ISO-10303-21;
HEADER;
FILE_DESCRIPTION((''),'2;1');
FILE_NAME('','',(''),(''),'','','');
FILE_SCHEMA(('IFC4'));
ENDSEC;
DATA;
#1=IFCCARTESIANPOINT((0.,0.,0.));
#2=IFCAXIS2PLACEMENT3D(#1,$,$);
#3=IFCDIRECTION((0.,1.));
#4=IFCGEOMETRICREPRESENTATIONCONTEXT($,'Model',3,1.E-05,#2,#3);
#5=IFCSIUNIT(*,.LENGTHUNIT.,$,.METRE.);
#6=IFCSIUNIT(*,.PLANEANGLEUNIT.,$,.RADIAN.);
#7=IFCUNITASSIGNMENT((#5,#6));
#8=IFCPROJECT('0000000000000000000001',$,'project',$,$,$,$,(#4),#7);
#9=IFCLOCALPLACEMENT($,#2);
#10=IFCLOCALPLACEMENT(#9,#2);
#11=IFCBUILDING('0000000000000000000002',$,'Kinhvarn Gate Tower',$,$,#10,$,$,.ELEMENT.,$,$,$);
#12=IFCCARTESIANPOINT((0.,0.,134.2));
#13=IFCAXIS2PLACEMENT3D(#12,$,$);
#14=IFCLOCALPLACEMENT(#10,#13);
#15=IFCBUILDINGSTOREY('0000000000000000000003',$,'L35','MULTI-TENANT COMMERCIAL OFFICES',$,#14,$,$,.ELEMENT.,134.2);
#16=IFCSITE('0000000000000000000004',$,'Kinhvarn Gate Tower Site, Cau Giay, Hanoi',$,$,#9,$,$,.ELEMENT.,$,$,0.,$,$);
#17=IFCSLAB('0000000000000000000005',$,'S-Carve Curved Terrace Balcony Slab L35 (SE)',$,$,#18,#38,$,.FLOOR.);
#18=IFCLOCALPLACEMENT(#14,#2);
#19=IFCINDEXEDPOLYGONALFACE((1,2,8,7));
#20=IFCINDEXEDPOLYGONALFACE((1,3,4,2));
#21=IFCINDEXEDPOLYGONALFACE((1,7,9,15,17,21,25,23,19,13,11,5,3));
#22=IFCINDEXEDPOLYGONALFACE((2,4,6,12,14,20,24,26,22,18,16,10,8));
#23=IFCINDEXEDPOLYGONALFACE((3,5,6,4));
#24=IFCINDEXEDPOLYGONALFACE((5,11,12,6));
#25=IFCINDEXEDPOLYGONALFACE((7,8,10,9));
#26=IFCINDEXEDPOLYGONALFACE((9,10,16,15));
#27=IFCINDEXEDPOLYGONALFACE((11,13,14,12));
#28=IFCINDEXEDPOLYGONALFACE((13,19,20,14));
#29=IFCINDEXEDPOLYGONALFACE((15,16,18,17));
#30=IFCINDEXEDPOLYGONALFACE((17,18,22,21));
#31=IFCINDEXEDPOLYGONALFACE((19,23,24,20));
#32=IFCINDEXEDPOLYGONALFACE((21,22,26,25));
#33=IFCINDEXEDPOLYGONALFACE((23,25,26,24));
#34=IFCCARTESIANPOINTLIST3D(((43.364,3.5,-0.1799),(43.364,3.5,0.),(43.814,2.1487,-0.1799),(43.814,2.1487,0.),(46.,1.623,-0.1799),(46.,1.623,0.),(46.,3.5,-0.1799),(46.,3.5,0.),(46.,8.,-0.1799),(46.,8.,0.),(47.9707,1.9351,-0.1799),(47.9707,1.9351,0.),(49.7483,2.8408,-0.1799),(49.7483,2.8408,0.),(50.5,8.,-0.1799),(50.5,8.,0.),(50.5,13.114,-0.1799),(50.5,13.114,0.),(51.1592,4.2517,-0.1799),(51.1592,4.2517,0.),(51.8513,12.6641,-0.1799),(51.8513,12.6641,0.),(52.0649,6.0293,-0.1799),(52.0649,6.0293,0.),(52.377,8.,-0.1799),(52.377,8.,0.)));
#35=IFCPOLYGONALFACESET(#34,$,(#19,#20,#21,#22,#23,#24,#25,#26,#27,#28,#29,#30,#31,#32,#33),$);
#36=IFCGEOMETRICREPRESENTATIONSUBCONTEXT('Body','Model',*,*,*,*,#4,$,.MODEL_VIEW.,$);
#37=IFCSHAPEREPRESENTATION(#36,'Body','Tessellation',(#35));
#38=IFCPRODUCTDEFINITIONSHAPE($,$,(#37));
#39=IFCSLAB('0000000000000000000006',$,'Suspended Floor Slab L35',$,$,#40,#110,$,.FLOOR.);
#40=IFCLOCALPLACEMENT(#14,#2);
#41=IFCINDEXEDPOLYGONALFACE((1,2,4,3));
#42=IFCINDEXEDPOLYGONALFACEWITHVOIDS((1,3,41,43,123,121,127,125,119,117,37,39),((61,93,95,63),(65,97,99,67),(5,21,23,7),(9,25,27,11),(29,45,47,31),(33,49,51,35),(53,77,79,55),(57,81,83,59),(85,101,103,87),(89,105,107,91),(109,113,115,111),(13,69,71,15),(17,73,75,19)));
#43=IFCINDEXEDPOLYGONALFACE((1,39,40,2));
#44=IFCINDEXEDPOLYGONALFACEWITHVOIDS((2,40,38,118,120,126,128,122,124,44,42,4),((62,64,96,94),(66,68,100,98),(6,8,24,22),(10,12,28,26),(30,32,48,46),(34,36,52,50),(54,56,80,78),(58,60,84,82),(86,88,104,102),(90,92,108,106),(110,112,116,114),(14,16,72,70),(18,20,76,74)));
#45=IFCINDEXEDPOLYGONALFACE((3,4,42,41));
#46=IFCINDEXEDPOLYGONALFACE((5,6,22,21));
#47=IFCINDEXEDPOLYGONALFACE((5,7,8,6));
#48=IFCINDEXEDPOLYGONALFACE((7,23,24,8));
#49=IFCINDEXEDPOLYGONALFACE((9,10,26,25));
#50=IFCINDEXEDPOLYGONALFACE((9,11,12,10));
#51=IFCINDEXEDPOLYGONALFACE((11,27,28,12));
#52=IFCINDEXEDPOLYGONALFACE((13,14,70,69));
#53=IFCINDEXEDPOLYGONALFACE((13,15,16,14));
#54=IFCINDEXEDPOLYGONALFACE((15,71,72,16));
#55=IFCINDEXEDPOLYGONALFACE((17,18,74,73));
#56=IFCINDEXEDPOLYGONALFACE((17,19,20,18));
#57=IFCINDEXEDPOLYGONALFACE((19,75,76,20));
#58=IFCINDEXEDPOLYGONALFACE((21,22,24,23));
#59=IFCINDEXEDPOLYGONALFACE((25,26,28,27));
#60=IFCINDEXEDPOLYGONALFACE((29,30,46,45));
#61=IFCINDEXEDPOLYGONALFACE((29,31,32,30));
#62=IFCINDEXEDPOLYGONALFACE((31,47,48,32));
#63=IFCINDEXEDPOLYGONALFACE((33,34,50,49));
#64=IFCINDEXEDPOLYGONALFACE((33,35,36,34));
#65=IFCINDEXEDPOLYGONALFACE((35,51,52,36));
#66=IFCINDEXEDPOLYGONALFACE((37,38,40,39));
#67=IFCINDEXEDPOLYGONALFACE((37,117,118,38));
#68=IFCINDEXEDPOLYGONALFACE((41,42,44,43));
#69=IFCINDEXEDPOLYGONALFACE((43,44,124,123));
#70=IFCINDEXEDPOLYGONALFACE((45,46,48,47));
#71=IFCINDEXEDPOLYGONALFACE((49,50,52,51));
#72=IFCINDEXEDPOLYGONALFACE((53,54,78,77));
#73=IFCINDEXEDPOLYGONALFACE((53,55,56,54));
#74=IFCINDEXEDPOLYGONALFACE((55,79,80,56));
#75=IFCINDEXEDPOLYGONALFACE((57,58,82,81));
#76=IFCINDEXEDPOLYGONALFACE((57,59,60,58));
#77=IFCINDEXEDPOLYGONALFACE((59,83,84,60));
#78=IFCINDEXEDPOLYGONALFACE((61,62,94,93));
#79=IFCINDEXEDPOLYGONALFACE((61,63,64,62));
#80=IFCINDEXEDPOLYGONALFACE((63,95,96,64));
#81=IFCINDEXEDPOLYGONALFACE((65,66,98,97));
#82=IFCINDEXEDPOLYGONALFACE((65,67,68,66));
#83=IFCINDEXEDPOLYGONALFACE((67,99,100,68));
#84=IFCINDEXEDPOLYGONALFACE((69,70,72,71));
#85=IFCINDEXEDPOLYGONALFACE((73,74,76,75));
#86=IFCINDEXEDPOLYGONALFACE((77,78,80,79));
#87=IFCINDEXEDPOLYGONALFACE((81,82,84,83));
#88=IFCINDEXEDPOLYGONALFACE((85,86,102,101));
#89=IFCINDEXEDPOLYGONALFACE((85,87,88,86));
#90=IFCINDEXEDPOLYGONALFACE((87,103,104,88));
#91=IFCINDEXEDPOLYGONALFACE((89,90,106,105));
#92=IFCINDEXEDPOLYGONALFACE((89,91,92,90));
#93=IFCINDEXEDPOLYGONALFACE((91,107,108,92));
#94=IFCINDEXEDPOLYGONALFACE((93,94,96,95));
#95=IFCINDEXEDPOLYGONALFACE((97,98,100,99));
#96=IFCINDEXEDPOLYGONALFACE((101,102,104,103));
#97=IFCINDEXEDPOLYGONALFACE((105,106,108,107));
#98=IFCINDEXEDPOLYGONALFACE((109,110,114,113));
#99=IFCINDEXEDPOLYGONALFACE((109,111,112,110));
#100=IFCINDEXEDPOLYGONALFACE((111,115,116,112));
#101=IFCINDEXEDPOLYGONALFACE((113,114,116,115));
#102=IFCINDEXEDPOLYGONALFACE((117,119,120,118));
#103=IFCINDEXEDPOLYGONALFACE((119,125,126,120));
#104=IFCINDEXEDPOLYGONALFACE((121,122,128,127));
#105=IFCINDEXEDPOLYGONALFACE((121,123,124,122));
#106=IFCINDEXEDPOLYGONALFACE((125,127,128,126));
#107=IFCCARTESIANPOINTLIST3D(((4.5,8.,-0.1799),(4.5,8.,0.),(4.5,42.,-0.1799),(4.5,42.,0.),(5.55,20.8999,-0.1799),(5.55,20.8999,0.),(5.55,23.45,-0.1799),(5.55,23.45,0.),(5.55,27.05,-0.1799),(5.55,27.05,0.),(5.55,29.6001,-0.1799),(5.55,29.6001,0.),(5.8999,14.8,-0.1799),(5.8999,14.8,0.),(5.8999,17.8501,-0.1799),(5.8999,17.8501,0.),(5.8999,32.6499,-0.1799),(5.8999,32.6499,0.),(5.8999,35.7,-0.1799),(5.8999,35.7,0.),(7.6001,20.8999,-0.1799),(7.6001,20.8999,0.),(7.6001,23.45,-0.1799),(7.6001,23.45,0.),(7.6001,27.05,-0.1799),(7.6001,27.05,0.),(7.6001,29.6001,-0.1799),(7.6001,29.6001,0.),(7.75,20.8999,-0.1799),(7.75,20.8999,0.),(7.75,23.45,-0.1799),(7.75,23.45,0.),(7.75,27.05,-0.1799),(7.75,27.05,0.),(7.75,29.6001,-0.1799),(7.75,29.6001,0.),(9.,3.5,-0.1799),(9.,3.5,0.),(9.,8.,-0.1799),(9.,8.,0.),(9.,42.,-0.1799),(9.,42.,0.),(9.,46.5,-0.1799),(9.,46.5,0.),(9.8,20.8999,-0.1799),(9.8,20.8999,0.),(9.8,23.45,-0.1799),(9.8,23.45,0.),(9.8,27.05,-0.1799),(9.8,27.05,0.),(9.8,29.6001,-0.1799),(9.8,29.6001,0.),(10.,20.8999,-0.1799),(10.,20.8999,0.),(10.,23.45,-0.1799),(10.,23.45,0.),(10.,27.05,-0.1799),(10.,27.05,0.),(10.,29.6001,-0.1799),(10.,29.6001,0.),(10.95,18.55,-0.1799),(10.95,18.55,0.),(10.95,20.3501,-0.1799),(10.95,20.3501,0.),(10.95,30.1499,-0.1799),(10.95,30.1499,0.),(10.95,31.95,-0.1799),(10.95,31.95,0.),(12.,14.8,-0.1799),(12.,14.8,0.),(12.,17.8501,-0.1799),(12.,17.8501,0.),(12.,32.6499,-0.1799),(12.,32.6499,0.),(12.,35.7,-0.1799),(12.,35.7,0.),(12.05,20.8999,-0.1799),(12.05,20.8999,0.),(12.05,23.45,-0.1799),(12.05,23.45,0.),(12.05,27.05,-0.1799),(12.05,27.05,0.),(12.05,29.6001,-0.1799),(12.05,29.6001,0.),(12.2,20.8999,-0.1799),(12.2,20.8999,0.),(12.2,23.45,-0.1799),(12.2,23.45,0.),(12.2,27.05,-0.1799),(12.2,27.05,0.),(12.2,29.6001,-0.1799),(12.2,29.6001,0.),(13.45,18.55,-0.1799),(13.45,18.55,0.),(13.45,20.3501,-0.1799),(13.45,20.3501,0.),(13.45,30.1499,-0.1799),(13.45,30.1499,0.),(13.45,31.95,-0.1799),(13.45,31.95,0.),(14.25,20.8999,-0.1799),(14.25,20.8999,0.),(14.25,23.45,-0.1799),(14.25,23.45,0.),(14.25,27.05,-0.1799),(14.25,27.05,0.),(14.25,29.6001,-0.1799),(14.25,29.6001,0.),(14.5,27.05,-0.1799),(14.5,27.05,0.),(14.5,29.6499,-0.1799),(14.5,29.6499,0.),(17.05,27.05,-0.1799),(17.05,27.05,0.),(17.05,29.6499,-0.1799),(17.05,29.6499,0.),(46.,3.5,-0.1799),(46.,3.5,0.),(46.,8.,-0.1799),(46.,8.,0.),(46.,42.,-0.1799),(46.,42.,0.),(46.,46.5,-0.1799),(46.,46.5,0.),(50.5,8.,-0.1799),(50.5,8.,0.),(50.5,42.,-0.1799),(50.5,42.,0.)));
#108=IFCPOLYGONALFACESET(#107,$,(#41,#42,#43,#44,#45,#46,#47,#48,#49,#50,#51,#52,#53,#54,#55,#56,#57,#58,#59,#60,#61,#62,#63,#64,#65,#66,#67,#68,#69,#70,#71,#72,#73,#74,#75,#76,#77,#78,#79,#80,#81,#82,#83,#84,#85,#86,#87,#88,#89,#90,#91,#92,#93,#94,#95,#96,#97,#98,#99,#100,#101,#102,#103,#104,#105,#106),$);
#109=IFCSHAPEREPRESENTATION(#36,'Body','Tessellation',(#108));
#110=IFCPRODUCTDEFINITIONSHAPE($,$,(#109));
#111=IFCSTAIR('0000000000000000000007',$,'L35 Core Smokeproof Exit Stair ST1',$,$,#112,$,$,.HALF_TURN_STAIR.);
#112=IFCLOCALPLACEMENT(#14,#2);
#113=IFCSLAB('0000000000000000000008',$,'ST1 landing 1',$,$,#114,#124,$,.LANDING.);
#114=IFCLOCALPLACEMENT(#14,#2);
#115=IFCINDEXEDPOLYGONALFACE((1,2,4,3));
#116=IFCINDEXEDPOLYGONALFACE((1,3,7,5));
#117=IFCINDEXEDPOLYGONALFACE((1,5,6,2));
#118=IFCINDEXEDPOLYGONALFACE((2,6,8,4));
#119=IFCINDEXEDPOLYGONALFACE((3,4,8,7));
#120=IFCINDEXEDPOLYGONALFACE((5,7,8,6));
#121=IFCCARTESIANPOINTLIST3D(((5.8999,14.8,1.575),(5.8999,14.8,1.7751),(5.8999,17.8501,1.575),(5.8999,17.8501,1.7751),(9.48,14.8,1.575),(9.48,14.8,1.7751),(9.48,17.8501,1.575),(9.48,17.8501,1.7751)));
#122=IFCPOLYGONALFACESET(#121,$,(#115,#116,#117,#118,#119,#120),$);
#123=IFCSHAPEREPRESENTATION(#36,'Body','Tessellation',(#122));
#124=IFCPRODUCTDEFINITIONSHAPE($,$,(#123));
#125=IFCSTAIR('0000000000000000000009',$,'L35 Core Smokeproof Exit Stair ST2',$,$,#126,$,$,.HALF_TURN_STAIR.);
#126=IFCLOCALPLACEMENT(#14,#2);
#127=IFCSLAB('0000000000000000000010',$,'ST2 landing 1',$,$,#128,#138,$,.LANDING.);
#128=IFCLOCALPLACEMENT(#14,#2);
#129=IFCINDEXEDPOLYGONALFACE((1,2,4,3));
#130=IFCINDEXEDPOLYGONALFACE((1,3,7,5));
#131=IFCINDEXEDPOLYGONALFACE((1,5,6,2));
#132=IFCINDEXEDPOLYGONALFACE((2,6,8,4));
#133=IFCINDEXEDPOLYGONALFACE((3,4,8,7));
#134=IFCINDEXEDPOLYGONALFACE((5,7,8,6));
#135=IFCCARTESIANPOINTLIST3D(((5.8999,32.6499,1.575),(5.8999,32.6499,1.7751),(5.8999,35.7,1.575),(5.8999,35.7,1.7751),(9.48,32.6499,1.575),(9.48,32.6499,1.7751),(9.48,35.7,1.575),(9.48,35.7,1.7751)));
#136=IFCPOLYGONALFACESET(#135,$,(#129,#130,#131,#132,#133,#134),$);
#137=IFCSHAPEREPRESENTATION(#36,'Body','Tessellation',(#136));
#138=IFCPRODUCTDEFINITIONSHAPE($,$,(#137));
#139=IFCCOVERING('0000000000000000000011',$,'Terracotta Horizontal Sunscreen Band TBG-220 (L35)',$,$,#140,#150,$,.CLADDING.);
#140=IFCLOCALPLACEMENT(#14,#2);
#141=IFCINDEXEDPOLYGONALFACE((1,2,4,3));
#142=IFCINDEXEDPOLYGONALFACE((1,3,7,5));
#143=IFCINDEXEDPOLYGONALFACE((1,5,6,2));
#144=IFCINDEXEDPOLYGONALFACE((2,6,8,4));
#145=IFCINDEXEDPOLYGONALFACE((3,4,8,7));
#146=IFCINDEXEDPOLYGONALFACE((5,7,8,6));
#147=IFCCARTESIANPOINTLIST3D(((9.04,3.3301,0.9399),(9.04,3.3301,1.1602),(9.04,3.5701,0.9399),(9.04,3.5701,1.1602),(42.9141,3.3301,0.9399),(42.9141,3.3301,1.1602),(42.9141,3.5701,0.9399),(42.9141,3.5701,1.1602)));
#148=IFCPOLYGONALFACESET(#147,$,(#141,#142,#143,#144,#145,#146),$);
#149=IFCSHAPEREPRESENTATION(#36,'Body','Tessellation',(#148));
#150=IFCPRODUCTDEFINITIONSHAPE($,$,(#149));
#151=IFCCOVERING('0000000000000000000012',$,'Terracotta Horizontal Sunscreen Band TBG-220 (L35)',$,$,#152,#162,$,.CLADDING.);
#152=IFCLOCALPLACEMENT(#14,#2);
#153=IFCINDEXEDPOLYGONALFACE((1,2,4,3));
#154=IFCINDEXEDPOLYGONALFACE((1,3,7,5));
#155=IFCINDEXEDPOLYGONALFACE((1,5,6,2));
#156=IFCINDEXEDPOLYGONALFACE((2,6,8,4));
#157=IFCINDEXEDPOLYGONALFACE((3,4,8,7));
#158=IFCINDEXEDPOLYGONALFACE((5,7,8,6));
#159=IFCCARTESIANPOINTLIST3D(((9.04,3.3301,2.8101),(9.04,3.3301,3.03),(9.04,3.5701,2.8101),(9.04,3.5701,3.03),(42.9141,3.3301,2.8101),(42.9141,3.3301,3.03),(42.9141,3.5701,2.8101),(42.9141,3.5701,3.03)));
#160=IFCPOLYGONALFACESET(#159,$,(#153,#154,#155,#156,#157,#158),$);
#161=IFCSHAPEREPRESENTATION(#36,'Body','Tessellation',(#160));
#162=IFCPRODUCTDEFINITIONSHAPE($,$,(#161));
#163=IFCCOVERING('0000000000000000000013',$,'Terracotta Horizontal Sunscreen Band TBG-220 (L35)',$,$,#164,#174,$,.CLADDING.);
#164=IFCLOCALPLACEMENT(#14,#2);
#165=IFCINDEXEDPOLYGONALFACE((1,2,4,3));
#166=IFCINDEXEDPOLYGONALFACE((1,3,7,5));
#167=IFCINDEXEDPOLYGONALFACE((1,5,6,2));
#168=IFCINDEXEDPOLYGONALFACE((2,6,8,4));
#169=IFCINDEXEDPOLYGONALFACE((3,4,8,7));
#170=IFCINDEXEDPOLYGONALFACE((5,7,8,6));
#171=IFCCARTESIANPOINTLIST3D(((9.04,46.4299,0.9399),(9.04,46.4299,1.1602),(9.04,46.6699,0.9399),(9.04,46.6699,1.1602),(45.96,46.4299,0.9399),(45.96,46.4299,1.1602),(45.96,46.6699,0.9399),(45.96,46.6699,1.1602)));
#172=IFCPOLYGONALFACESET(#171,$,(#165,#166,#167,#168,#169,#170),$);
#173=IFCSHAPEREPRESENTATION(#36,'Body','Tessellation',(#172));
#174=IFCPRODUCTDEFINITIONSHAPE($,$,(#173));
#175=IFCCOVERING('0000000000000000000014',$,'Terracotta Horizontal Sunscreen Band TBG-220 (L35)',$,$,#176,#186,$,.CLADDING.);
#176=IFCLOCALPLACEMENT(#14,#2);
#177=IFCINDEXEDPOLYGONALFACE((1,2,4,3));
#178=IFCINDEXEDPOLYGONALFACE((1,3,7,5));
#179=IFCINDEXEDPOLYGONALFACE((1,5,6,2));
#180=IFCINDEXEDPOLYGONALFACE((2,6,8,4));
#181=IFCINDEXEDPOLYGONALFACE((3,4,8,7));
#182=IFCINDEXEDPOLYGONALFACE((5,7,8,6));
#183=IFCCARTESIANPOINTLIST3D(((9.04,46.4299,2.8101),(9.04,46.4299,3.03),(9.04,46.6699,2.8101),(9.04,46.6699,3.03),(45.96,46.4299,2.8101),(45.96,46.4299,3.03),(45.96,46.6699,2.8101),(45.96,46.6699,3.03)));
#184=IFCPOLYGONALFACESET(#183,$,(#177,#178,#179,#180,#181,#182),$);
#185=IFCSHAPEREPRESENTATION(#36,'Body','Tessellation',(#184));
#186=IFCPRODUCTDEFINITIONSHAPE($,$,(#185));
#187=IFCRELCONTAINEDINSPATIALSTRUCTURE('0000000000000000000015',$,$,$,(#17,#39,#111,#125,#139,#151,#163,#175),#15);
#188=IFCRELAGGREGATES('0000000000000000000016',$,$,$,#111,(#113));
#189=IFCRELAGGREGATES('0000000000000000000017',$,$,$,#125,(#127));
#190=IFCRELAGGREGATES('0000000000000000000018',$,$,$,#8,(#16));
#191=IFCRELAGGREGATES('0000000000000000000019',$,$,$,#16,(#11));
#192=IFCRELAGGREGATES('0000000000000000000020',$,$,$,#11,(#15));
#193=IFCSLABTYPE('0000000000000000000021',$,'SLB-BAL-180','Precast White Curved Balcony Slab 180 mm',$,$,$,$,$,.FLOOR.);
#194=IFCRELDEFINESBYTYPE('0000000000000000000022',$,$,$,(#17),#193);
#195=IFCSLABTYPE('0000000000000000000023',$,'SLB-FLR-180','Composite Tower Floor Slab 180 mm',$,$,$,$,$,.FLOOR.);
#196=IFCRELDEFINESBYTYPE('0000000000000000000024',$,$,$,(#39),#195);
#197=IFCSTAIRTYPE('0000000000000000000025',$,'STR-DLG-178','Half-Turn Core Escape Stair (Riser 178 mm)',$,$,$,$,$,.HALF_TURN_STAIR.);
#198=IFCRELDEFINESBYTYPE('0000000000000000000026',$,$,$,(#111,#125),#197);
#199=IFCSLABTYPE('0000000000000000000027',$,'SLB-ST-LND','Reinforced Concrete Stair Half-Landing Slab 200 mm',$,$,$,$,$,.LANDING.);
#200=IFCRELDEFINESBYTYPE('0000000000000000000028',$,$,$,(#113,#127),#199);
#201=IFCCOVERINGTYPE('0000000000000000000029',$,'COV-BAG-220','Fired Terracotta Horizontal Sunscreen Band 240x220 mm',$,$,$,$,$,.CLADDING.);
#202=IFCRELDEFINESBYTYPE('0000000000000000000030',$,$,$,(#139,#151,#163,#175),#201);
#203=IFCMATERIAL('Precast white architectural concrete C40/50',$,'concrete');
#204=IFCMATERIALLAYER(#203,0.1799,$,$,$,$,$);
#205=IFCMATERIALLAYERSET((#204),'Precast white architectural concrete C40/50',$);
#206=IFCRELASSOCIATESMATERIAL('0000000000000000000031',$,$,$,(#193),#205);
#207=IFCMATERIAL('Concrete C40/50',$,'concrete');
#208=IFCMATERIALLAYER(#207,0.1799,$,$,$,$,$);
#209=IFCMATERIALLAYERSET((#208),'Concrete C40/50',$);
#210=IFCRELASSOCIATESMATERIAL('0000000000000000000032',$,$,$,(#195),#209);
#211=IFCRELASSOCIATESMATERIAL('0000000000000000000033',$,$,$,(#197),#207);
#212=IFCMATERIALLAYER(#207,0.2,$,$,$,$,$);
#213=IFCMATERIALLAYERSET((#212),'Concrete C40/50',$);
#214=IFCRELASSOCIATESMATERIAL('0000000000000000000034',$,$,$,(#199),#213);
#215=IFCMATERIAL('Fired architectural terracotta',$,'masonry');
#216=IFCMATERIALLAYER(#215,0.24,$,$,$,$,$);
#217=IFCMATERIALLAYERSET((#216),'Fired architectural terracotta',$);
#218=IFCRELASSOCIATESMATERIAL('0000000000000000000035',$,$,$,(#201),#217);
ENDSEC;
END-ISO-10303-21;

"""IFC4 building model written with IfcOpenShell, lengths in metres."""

from ifc_helpers import new_model, si_unit, direction, frame, origin, place, context, subcontext, project, spatial, polyline, outline, extrude, material, layer, layer_set, type_object, element, aggregate, save


model = new_model("IFC4")

# Units and contexts
model_context = context("Model", 3, precision=1e-05, world=origin(), true_north=direction((0.0, 1.0)))
body_context = subcontext(model_context, "Body", "Model", "MODEL_VIEW")
ifc_project = project(units=[si_unit("LENGTHUNIT", "METRE"), si_unit("PLANEANGLEUNIT", "RADIAN")], contexts=[model_context])

# Site, building, storey
site_placement = place(None, origin())
site = spatial("IfcSite", under=ifc_project, at=site_placement, Name="Kinhvarn Gate Tower Site, Cau Giay, Hanoi", CompositionType="ELEMENT", RefElevation=0.0)
building_placement = place(site_placement, origin())
building = spatial("IfcBuilding", under=site, at=building_placement, Name="Kinhvarn Gate Tower", CompositionType="ELEMENT")
storey_placement = place(building_placement, frame((0.0, 0.0, 134.2)))
storey = spatial("IfcBuildingStorey", under=building, at=storey_placement, Name="L35", Description="MULTI-TENANT COMMERCIAL OFFICES", CompositionType="ELEMENT", Elevation=134.2)

# Slabs
ifc_material_1 = material(Name="Precast white architectural concrete C40/50", Category="concrete")
ifc_layer_1 = layer(ifc_material_1, 0.1799)
ifc_layer_set_1 = layer_set([ifc_layer_1], Name="Precast white architectural concrete C40/50")
slab_type_1 = type_object("IfcSlabType", Name="SLB-BAL-180", Description="Precast White Curved Balcony Slab 180 mm", PredefinedType="FLOOR", material=ifc_layer_set_1)
slab_1_placement = place(storey_placement, frame((0.0, 0.0, -0.1799)))
element("IfcSlab", 1, at=slab_1_placement, inside=storey, type_object=slab_type_1, Name="S-Carve Curved Terrace Balcony Slab L35 (SE)", PredefinedType="FLOOR", context=body_context, shape_type="SweptSolid", body=[
    extrude(outline(polyline([(43.364, 3.5), (43.814, 2.1487), (46.0, 1.623), (47.9707, 1.9351), (49.7483, 2.8408), (51.1592, 4.2517), (52.0649, 6.0293), (52.377, 8.0), (51.8513, 12.6641), (50.5, 13.114), (50.5, 8.0), (46.0, 8.0), (46.0, 3.5), (43.364, 3.5)])), origin(), (0.0, 0.0, 1.0), 0.1799),
])
ifc_material_2 = material(Name="Concrete C40/50", Category="concrete")
ifc_layer_2 = layer(ifc_material_2, 0.1799)
ifc_layer_set_2 = layer_set([ifc_layer_2], Name="Concrete C40/50")
slab_type_2 = type_object("IfcSlabType", Name="SLB-FLR-180", Description="Composite Tower Floor Slab 180 mm", PredefinedType="FLOOR", material=ifc_layer_set_2)
slab_2_placement = place(storey_placement, frame((0.0, 0.0, -0.1799)))
element("IfcSlab", 2, at=slab_2_placement, inside=storey, type_object=slab_type_2, Name="Suspended Floor Slab L35", PredefinedType="FLOOR", context=body_context, shape_type="SweptSolid", body=[
    extrude(outline(polyline([(9.0, 3.5), (46.0, 3.5), (46.0, 8.0), (50.5, 8.0), (50.5, 42.0), (46.0, 42.0), (46.0, 46.5), (9.0, 46.5), (9.0, 42.0), (4.5, 42.0), (4.5, 8.0), (9.0, 8.0), (9.0, 3.5)]), holes=[polyline([(5.8999, 14.8), (12.0, 14.8), (12.0, 17.8501), (5.8999, 17.8501), (5.8999, 14.8)]), polyline([(5.8999, 32.6499), (12.0, 32.6499), (12.0, 35.7), (5.8999, 35.7), (5.8999, 32.6499)]), polyline([(5.55, 20.8999), (7.6001, 20.8999), (7.6001, 23.45), (5.55, 23.45), (5.55, 20.8999)]), polyline([(7.75, 20.8999), (9.8, 20.8999), (9.8, 23.45), (7.75, 23.45), (7.75, 20.8999)]), polyline([(5.55, 27.05), (7.6001, 27.05), (7.6001, 29.6001), (5.55, 29.6001), (5.55, 27.05)]), polyline([(7.75, 27.05), (9.8, 27.05), (9.8, 29.6001), (7.75, 29.6001), (7.75, 27.05)]), polyline([(10.0, 20.8999), (12.05, 20.8999), (12.05, 23.45), (10.0, 23.45), (10.0, 20.8999)]), polyline([(12.2, 20.8999), (14.25, 20.8999), (14.25, 23.45), (12.2, 23.45), (12.2, 20.8999)]), polyline([(10.0, 27.05), (12.05, 27.05), (12.05, 29.6001), (10.0, 29.6001), (10.0, 27.05)]), polyline([(12.2, 27.05), (14.25, 27.05), (14.25, 29.6001), (12.2, 29.6001), (12.2, 27.05)]), polyline([(14.5, 27.05), (17.05, 27.05), (17.05, 29.6499), (14.5, 29.6499), (14.5, 27.05)]), polyline([(10.95, 18.55), (13.45, 18.55), (13.45, 20.3501), (10.95, 20.3501), (10.95, 18.55)]), polyline([(10.95, 30.1499), (13.45, 30.1499), (13.45, 31.95), (10.95, 31.95), (10.95, 30.1499)])]), origin(), (0.0, 0.0, 1.0), 0.1799),
])

# Stairs, slabs
stair_type = type_object("IfcStairType", Name="STR-DLG-178", Description="Half-Turn Core Escape Stair (Riser 178 mm)", PredefinedType="HALF_TURN_STAIR", material=ifc_material_2)
stair_1_placement = place(storey_placement, origin())
stair_1 = element("IfcStair", 3, at=stair_1_placement, inside=storey, type_object=stair_type, Name="L35 Core Smokeproof Exit Stair ST1", PredefinedType="HALF_TURN_STAIR")
ifc_layer_3 = layer(ifc_material_2, 0.2)
ifc_layer_set_3 = layer_set([ifc_layer_3], Name="Concrete C40/50")
slab_type_3 = type_object("IfcSlabType", Name="SLB-ST-LND", Description="Reinforced Concrete Stair Half-Landing Slab 200 mm", PredefinedType="LANDING", material=ifc_layer_set_3)
slab_3_placement = place(storey_placement, frame((0.0, 0.0, 1.575)))
slab_3 = element("IfcSlab", 4, at=slab_3_placement, type_object=slab_type_3, Name="ST1 landing 1", PredefinedType="LANDING", context=body_context, shape_type="SweptSolid", body=[
    extrude(outline(polyline([(9.48, 17.8501), (5.8999, 17.8501), (5.8999, 14.8), (9.48, 14.8), (9.48, 17.8501)])), origin(), (0.0, 0.0, 1.0), 0.2002),
])
aggregate(stair_1, [slab_3])
stair_2_placement = place(storey_placement, origin())
stair_2 = element("IfcStair", 5, at=stair_2_placement, inside=storey, type_object=stair_type, Name="L35 Core Smokeproof Exit Stair ST2", PredefinedType="HALF_TURN_STAIR")
slab_4_placement = place(storey_placement, frame((0.0, 0.0, 1.575)))
slab_4 = element("IfcSlab", 6, at=slab_4_placement, type_object=slab_type_3, Name="ST2 landing 1", PredefinedType="LANDING", context=body_context, shape_type="SweptSolid", body=[
    extrude(outline(polyline([(9.48, 35.7), (5.8999, 35.7), (5.8999, 32.6499), (9.48, 32.6499), (9.48, 35.7)])), origin(), (0.0, 0.0, 1.0), 0.2002),
])
aggregate(stair_2, [slab_4])

# Coverings
ifc_material_3 = material(Name="Fired architectural terracotta", Category="masonry")
ifc_layer_4 = layer(ifc_material_3, 0.24)
ifc_layer_set_4 = layer_set([ifc_layer_4], Name="Fired architectural terracotta")
covering_type_1 = type_object("IfcCoveringType", Name="COV-BAG-220", Description="Fired Terracotta Horizontal Sunscreen Band 240x220 mm", PredefinedType="CLADDING", material=ifc_layer_set_4)
covering_1_placement = place(storey_placement, frame((0.0, 0.0, 0.9399)))
element("IfcCovering", 7, at=covering_1_placement, inside=storey, type_object=covering_type_1, Name="Terracotta Horizontal Sunscreen Band TBG-220 (L35)", PredefinedType="CLADDING", context=body_context, shape_type="SweptSolid", body=[
    extrude(outline(polyline([(9.04, 3.5701), (42.9141, 3.5701), (42.9141, 3.3301), (9.04, 3.3301), (9.04, 3.5701)])), origin(), (0.0, 0.0, 1.0), 0.2202),
])
covering_2_placement = place(storey_placement, frame((0.0, 0.0, 2.8101)))
element("IfcCovering", 8, at=covering_2_placement, inside=storey, type_object=covering_type_1, Name="Terracotta Horizontal Sunscreen Band TBG-220 (L35)", PredefinedType="CLADDING", context=body_context, shape_type="SweptSolid", body=[
    extrude(outline(polyline([(9.04, 3.5701), (42.9141, 3.5701), (42.9141, 3.3301), (9.04, 3.3301), (9.04, 3.5701)])), origin(), (0.0, 0.0, 1.0), 0.22),
])
covering_3_placement = place(storey_placement, frame((0.0, 0.0, 0.9399)))
element("IfcCovering", 9, at=covering_3_placement, inside=storey, type_object=covering_type_1, Name="Terracotta Horizontal Sunscreen Band TBG-220 (L35)", PredefinedType="CLADDING", context=body_context, shape_type="SweptSolid", body=[
    extrude(outline(polyline([(45.96, 46.4299), (9.04, 46.4299), (9.04, 46.6699), (45.96, 46.6699), (45.96, 46.4299)])), origin(), (0.0, 0.0, 1.0), 0.2202),
])
covering_4_placement = place(storey_placement, frame((0.0, 0.0, 2.8101)))
element("IfcCovering", 10, at=covering_4_placement, inside=storey, type_object=covering_type_1, Name="Terracotta Horizontal Sunscreen Band TBG-220 (L35)", PredefinedType="CLADDING", context=body_context, shape_type="SweptSolid", body=[
    extrude(outline(polyline([(45.96, 46.4299), (9.04, 46.4299), (9.04, 46.6699), (45.96, 46.6699), (45.96, 46.4299)])), origin(), (0.0, 0.0, 1.0), 0.22),
])

save(model, "model.ifc")
